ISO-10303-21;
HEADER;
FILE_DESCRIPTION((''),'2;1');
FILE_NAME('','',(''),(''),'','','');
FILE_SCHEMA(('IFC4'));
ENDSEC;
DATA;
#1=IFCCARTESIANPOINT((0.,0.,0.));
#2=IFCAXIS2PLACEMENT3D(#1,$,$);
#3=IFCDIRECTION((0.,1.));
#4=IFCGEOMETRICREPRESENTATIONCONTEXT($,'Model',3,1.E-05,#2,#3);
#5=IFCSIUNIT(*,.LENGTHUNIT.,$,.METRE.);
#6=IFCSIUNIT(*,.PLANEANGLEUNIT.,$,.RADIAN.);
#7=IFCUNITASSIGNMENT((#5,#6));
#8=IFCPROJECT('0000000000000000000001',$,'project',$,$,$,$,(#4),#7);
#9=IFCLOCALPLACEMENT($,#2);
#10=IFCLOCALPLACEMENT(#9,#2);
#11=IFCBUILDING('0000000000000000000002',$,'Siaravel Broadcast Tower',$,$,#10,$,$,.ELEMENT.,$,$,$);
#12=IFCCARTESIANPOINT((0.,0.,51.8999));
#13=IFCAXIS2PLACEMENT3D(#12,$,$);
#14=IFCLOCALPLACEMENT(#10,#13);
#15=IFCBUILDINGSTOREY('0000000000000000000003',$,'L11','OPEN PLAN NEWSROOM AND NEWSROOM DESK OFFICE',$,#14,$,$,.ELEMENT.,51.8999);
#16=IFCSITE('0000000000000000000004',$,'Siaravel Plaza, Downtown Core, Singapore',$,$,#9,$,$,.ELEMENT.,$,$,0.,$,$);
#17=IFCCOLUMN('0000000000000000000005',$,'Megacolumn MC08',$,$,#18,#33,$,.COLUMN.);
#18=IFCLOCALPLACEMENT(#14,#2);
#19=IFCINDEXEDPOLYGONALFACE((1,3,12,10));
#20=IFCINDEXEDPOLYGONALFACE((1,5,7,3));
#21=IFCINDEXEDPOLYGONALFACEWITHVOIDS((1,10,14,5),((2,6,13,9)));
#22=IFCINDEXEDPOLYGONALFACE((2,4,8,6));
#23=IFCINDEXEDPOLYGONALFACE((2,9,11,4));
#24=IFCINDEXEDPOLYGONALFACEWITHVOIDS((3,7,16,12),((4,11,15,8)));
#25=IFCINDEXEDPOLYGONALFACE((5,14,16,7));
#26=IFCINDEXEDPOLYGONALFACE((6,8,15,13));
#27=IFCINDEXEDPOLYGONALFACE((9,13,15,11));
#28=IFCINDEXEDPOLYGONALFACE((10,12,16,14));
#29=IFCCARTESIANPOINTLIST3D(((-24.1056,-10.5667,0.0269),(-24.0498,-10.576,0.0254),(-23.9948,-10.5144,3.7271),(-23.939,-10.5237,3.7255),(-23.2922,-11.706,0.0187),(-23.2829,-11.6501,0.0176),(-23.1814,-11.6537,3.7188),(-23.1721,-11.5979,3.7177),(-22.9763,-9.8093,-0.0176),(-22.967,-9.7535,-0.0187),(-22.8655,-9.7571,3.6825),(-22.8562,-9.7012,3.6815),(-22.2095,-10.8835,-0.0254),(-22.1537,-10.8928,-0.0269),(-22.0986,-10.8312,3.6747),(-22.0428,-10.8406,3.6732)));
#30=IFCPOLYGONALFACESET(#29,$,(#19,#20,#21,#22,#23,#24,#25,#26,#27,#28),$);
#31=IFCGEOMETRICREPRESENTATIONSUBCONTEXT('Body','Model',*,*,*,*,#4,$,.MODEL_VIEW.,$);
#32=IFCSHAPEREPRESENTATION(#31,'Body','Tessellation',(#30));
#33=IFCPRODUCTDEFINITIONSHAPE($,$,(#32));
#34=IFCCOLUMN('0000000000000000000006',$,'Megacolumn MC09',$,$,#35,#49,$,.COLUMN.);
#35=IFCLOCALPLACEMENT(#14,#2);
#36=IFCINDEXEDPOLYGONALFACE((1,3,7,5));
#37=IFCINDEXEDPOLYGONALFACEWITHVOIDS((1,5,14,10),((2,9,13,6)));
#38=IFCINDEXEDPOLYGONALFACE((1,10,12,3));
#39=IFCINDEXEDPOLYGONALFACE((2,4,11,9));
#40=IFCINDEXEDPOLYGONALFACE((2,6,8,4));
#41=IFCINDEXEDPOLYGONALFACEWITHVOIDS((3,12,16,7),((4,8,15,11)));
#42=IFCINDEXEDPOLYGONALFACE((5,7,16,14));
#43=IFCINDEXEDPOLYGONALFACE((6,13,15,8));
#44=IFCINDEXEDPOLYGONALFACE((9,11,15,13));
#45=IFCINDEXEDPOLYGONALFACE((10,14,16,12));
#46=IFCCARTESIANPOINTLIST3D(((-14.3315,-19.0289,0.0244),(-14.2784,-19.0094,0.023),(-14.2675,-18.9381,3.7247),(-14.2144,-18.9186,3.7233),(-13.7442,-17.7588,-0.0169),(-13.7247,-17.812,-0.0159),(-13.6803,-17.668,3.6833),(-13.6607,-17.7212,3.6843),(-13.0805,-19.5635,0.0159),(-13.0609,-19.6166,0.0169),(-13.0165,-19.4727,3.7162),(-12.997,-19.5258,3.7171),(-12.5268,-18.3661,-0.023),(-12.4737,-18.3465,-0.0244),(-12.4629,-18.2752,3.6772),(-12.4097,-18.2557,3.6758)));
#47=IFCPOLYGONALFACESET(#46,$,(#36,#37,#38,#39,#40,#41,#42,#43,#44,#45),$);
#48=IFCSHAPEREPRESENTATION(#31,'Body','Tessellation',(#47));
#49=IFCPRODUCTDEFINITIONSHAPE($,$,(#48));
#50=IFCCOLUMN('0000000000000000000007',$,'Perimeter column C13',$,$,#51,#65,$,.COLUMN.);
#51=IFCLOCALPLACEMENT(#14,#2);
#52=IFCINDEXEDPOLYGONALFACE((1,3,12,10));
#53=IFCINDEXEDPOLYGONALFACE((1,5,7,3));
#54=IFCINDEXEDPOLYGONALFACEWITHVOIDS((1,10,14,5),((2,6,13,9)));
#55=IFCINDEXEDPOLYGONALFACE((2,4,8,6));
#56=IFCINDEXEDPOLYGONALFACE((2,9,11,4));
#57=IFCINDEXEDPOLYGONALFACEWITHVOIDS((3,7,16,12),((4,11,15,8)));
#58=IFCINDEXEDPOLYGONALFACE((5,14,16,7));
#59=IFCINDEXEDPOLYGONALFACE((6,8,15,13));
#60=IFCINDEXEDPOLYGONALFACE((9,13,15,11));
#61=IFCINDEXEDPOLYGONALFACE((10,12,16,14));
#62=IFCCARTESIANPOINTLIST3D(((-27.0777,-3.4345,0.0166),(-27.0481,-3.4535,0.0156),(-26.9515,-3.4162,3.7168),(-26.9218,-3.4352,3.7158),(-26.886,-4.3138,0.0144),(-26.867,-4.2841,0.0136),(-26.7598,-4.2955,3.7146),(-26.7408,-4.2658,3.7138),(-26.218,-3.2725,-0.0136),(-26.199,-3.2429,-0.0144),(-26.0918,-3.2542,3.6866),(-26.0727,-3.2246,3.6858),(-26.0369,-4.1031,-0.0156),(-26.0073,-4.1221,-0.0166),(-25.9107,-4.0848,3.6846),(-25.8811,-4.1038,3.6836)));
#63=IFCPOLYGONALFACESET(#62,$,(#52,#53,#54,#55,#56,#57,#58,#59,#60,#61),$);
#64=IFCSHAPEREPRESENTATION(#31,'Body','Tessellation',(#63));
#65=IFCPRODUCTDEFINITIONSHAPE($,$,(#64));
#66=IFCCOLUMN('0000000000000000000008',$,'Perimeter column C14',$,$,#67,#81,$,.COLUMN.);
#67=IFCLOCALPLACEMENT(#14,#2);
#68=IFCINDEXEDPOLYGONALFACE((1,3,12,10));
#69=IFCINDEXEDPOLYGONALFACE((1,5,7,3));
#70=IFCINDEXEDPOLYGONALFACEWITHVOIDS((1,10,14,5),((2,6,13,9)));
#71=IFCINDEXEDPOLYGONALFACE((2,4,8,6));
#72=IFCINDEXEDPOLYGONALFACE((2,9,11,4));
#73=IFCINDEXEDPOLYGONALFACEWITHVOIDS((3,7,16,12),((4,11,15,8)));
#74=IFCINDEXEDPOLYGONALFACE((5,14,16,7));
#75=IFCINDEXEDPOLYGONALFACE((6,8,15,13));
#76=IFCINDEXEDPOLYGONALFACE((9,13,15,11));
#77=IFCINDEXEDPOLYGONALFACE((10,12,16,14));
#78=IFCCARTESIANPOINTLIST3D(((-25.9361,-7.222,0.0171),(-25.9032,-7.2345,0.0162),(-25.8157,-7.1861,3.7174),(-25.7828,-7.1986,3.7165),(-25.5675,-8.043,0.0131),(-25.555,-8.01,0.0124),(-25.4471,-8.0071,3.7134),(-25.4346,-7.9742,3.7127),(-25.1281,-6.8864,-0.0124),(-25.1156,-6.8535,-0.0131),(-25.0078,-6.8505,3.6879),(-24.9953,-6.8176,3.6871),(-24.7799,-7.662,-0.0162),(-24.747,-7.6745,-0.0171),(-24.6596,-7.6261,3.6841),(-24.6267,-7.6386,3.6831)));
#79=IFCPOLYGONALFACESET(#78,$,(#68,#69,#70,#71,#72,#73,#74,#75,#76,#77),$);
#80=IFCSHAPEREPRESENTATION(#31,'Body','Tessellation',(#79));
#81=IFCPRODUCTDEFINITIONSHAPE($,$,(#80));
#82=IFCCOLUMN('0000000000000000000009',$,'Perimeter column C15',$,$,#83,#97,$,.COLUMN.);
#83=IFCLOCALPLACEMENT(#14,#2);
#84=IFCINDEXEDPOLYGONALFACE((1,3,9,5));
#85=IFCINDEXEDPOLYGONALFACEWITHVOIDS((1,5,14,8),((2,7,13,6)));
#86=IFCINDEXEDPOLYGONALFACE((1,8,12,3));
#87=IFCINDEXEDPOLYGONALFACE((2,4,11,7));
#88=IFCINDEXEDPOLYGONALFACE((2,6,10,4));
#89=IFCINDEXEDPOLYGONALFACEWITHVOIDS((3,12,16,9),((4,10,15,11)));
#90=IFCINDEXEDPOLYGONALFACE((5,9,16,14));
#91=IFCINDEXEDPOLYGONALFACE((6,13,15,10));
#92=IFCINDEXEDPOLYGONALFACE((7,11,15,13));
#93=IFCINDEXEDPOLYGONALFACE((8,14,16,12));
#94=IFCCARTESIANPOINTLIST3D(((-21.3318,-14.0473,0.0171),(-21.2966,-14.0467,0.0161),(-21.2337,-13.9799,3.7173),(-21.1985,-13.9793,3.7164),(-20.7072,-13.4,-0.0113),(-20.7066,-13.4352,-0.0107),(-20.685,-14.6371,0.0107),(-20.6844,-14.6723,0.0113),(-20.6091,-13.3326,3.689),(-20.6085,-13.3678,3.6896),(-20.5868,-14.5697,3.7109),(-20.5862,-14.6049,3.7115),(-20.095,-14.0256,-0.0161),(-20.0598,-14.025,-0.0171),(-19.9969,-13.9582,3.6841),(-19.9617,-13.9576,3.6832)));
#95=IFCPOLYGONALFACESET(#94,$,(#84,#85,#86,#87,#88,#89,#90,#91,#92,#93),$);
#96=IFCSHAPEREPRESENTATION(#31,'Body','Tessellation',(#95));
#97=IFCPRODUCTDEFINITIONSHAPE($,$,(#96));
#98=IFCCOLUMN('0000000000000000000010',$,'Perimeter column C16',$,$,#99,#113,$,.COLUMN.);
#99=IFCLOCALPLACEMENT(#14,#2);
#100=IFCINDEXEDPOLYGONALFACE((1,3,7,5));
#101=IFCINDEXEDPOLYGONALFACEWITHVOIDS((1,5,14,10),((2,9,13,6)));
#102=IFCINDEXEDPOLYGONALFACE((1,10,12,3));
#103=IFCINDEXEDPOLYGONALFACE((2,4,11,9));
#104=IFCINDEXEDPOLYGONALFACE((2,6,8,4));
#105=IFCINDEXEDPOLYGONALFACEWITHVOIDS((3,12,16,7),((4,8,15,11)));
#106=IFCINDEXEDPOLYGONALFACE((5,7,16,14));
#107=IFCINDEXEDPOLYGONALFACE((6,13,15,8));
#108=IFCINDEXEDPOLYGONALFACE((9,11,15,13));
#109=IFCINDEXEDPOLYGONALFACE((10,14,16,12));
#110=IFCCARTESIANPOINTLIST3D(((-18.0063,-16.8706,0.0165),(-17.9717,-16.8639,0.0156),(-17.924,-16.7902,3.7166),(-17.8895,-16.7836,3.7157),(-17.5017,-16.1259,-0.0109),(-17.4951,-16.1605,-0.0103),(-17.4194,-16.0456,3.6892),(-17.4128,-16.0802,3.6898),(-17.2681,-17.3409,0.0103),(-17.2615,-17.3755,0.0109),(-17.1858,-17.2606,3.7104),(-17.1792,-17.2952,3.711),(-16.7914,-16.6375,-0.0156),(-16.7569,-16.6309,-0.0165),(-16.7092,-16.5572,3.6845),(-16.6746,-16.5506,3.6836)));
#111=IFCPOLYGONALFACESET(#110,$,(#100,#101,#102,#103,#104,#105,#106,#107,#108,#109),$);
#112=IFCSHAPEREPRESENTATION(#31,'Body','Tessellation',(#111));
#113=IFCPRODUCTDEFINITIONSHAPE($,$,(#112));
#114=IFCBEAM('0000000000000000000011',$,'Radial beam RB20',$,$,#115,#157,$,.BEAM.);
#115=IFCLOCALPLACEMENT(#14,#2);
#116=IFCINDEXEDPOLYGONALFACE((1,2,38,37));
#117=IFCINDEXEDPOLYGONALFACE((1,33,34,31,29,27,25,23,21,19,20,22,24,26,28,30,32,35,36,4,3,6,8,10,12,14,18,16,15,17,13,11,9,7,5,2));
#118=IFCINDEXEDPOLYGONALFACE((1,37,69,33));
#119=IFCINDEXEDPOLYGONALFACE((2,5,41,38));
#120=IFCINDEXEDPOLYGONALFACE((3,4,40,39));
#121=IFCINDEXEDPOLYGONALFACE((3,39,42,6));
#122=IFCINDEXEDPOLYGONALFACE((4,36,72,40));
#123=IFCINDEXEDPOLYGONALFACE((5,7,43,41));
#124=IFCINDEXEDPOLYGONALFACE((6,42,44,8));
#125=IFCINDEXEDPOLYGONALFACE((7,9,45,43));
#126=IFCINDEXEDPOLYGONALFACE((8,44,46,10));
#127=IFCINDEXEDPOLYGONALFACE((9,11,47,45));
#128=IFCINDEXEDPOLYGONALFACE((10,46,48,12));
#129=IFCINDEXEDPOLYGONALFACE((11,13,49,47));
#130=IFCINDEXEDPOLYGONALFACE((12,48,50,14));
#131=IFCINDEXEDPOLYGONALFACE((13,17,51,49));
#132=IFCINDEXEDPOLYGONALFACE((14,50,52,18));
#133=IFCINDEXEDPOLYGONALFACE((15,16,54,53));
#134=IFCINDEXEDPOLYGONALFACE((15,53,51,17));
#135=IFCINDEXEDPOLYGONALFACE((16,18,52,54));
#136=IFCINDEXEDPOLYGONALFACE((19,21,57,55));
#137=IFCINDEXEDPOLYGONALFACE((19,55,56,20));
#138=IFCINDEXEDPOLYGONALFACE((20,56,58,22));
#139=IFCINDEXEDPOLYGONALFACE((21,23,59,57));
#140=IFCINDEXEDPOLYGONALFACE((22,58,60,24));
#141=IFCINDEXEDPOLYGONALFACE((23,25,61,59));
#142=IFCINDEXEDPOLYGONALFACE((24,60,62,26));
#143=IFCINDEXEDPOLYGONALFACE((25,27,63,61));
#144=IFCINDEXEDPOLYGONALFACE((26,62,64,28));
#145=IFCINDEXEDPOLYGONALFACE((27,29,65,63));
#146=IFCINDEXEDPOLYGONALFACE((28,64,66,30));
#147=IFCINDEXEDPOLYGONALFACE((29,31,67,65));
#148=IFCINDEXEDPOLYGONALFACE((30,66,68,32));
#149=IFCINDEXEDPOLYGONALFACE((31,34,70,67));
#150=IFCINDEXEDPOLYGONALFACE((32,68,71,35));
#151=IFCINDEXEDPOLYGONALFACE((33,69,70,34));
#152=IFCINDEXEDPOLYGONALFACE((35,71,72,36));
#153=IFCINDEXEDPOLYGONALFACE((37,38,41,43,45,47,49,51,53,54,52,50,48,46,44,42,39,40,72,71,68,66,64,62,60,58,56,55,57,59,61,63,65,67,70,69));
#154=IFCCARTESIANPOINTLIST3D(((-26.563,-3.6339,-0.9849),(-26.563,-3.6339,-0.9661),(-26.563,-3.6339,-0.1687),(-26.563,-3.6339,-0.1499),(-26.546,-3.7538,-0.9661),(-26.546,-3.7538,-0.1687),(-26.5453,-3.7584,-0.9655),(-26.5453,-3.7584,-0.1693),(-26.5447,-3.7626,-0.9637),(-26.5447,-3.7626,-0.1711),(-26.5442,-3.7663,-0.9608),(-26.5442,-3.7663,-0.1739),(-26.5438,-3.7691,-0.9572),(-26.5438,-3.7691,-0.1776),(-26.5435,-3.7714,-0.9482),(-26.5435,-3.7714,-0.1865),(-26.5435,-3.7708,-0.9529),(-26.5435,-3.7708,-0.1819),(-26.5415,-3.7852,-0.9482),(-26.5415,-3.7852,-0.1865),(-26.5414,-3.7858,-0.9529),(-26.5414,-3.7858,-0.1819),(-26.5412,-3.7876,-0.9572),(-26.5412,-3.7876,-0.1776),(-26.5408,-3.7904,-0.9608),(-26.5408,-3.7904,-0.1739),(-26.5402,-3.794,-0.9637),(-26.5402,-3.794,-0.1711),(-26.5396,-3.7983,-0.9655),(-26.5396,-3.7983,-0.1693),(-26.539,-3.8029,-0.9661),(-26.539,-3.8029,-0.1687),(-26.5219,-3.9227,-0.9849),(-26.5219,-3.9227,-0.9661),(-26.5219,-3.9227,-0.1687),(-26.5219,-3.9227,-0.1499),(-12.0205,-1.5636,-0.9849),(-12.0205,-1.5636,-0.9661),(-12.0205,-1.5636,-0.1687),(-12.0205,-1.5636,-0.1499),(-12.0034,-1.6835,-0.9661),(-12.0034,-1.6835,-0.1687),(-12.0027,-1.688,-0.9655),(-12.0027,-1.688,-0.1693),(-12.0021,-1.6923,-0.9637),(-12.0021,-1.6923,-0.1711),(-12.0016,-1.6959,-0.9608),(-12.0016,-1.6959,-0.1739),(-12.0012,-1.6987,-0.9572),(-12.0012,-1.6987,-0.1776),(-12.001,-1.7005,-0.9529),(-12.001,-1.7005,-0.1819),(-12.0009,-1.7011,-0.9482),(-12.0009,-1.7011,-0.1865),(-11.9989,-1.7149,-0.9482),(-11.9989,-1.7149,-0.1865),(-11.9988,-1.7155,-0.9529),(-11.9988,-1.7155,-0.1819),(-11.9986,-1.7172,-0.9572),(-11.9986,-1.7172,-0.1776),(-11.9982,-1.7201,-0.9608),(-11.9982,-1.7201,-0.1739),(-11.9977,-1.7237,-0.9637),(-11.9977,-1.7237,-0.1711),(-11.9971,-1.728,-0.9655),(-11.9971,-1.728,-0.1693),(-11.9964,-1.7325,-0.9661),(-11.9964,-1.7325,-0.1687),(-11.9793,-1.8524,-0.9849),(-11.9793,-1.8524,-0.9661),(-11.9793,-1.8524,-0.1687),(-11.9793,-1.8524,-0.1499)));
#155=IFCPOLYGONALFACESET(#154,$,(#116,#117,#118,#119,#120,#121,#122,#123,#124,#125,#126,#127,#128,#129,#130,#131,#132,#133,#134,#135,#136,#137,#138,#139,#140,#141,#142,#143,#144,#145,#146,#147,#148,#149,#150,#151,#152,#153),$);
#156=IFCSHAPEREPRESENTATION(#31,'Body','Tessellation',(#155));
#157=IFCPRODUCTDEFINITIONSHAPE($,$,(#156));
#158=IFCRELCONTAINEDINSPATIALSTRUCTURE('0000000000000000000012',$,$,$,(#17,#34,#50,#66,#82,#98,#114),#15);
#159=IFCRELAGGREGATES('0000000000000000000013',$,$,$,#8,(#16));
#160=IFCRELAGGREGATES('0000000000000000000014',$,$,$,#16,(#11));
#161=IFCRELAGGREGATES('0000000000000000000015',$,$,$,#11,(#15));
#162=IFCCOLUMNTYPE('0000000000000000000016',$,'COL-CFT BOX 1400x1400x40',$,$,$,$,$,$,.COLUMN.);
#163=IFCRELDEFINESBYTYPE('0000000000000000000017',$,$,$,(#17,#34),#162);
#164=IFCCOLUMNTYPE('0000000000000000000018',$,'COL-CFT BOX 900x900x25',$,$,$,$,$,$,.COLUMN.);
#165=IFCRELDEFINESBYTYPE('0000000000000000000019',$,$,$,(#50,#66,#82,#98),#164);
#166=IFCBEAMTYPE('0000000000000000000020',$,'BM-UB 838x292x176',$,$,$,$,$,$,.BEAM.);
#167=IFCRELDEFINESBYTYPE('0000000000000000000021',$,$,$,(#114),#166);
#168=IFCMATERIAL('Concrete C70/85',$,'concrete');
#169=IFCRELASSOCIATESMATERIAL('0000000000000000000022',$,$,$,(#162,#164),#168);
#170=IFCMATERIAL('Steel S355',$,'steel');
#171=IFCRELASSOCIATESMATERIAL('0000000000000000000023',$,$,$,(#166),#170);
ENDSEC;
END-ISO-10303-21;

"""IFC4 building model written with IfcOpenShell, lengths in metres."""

from ifc_helpers import new_model, si_unit, direction, frame, origin, origin_2d, place, context, subcontext, project, spatial, hollow_rectangle, i_section, extrude, material, material_profile, profile_set, type_object, element, save


model = new_model("IFC4")

# Units and contexts
model_context = context("Model", 3, precision=1e-05, world=origin(), true_north=direction((0.0, 1.0)))
body_context = subcontext(model_context, "Body", "Model", "MODEL_VIEW")
ifc_project = project(units=[si_unit("LENGTHUNIT", "METRE"), si_unit("PLANEANGLEUNIT", "RADIAN")], contexts=[model_context])

# Site, building, storey
site_placement = place(None, origin())
site = spatial("IfcSite", under=ifc_project, at=site_placement, Name="Siaravel Plaza, Downtown Core, Singapore", CompositionType="ELEMENT", RefElevation=0.0)
building_placement = place(site_placement, origin())
building = spatial("IfcBuilding", under=site, at=building_placement, Name="Siaravel Broadcast Tower", CompositionType="ELEMENT")
storey_placement = place(building_placement, frame((0.0, 0.0, 51.8999)))
storey = spatial("IfcBuildingStorey", under=building, at=storey_placement, Name="L11", Description="OPEN PLAN NEWSROOM AND NEWSROOM DESK OFFICE", CompositionType="ELEMENT", Elevation=51.8999)

# Columns
ifc_material_1 = material(Name="Concrete C70/85", Category="concrete")
ifc_material_profile_1 = material_profile(ifc_material_1, hollow_rectangle(XDim=1.3999, YDim=1.3999, WallThickness=0.04, at=origin_2d()))
ifc_profile_set_1 = profile_set([ifc_material_profile_1], Name="Concrete C70/85")
column_type_1 = type_object("IfcColumnType", Name="COL-CFT BOX 1400x1400x40", PredefinedType="COLUMN", material=ifc_profile_set_1)
column_1_placement = place(storey_placement, frame((-23.1296, -10.7297, 0.0), z_axis=(0.029939, 0.014112, 0.999452), x_axis=(-0.58102, 0.813867, 0.005913)))
element("IfcColumn", 1, at=column_1_placement, inside=storey, type_object=column_type_1, Name="Megacolumn MC08", PredefinedType="COLUMN", context=body_context, shape_type="SweptSolid", body=[
    extrude(hollow_rectangle(XDim=1.3999, YDim=1.3999, WallThickness=0.04, at=origin_2d()), origin(), (0.0, 0.0, 1.0), 3.7021),
])
column_2_placement = place(storey_placement, frame((-13.4026, -18.6877, 0.0), z_axis=(0.017279, 0.024534, 0.99955), x_axis=(-0.907591, 0.41982, 0.005385)))
element("IfcColumn", 2, at=column_2_placement, inside=storey, type_object=column_type_1, Name="Megacolumn MC09", PredefinedType="COLUMN", context=body_context, shape_type="SweptSolid", body=[
    extrude(hollow_rectangle(XDim=1.3999, YDim=1.3999, WallThickness=0.04, at=origin_2d()), origin(), (0.0, 0.0, 1.0), 3.7019),
])
ifc_material_profile_2 = material_profile(ifc_material_1, hollow_rectangle(XDim=0.8999, YDim=0.8999, WallThickness=0.0249, at=origin_2d()))
ifc_profile_set_2 = profile_set([ifc_material_profile_2], Name="Concrete C70/85")
column_type_2 = type_object("IfcColumnType", Name="COL-CFT BOX 900x900x25", PredefinedType="COLUMN", material=ifc_profile_set_2)
for number, where, z_axis, x_axis, name in (
    (3, (-26.5425, -3.7783, 0.0), (0.034092, 0.004946, 0.999406), (-0.213009, 0.977047, 0.002431), "Perimeter column C13"),
    (4, (-25.3416, -7.4482, 0.0), (0.03251, 0.009694, 0.999424), (-0.409567, 0.912269, 0.004474), "Perimeter column C14"),
):
    element("IfcColumn", number, at=place(storey_placement, frame(where, z_axis=z_axis, x_axis=x_axis)), inside=storey, type_object=column_type_2, Name=name, PredefinedType="COLUMN", context=body_context, shape_type="SweptSolid", body=[
        extrude(hollow_rectangle(XDim=0.8999, YDim=0.8999, WallThickness=0.0249, at=origin_2d()), origin(), (0.0, 0.0, 1.0), 3.7024),
    ])
column_3_placement = place(storey_placement, frame((-20.6958, -14.0361, 0.0), z_axis=(0.02651, 0.018201, 0.999483), x_axis=(-0.719463, 0.694501, 0.006436)))
element("IfcColumn", 5, at=column_3_placement, inside=storey, type_object=column_type_2, Name="Perimeter column C15", PredefinedType="COLUMN", context=body_context, shape_type="SweptSolid", body=[
    extrude(hollow_rectangle(XDim=0.8999, YDim=0.8999, WallThickness=0.0249, at=origin_2d()), origin(), (0.0, 0.0, 1.0), 3.7021),
])
column_4_placement = place(storey_placement, frame((-17.3816, -16.7507, 0.0), z_axis=(0.022225, 0.021697, 0.999518), x_axis=(-0.827695, 0.561143, 0.006223)))
element("IfcColumn", 6, at=column_4_placement, inside=storey, type_object=column_type_2, Name="Perimeter column C16", PredefinedType="COLUMN", context=body_context, shape_type="SweptSolid", body=[
    extrude(hollow_rectangle(XDim=0.8999, YDim=0.8999, WallThickness=0.0249, at=origin_2d()), origin(), (0.0, 0.0, 1.0), 3.7019),
])

# Beam
ifc_material_2 = material(Name="Steel S355", Category="steel")
ifc_material_profile_3 = material_profile(ifc_material_2, i_section(OverallWidth=0.2917, OverallDepth=0.835, WebThickness=0.0139, FlangeThickness=0.0188, FilletRadius=0.0178, at=origin_2d()))
ifc_profile_set_3 = profile_set([ifc_material_profile_3], Name="Steel S355")
beam_type = type_object("IfcBeamType", Name="BM-UB 838x292x176", PredefinedType="BEAM", material=ifc_profile_set_3)
beam_1_placement = place(storey_placement, frame((-26.5425, -3.7783, -0.5674), z_axis=(0.990018, 0.140942, 0.0), x_axis=(-0.140942, 0.990018, 0.0)))
element("IfcBeam", 7, at=beam_1_placement, inside=storey, type_object=beam_type, Name="Radial beam RB20", PredefinedType="BEAM", context=body_context, shape_type="SweptSolid", body=[
    extrude(i_section(OverallWidth=0.2917, OverallDepth=0.835, WebThickness=0.0139, FlangeThickness=0.0188, FilletRadius=0.0178, at=origin_2d()), origin(), (0.0, 0.0, 1.0), 14.6892),
])

save(model, "model.ifc")
